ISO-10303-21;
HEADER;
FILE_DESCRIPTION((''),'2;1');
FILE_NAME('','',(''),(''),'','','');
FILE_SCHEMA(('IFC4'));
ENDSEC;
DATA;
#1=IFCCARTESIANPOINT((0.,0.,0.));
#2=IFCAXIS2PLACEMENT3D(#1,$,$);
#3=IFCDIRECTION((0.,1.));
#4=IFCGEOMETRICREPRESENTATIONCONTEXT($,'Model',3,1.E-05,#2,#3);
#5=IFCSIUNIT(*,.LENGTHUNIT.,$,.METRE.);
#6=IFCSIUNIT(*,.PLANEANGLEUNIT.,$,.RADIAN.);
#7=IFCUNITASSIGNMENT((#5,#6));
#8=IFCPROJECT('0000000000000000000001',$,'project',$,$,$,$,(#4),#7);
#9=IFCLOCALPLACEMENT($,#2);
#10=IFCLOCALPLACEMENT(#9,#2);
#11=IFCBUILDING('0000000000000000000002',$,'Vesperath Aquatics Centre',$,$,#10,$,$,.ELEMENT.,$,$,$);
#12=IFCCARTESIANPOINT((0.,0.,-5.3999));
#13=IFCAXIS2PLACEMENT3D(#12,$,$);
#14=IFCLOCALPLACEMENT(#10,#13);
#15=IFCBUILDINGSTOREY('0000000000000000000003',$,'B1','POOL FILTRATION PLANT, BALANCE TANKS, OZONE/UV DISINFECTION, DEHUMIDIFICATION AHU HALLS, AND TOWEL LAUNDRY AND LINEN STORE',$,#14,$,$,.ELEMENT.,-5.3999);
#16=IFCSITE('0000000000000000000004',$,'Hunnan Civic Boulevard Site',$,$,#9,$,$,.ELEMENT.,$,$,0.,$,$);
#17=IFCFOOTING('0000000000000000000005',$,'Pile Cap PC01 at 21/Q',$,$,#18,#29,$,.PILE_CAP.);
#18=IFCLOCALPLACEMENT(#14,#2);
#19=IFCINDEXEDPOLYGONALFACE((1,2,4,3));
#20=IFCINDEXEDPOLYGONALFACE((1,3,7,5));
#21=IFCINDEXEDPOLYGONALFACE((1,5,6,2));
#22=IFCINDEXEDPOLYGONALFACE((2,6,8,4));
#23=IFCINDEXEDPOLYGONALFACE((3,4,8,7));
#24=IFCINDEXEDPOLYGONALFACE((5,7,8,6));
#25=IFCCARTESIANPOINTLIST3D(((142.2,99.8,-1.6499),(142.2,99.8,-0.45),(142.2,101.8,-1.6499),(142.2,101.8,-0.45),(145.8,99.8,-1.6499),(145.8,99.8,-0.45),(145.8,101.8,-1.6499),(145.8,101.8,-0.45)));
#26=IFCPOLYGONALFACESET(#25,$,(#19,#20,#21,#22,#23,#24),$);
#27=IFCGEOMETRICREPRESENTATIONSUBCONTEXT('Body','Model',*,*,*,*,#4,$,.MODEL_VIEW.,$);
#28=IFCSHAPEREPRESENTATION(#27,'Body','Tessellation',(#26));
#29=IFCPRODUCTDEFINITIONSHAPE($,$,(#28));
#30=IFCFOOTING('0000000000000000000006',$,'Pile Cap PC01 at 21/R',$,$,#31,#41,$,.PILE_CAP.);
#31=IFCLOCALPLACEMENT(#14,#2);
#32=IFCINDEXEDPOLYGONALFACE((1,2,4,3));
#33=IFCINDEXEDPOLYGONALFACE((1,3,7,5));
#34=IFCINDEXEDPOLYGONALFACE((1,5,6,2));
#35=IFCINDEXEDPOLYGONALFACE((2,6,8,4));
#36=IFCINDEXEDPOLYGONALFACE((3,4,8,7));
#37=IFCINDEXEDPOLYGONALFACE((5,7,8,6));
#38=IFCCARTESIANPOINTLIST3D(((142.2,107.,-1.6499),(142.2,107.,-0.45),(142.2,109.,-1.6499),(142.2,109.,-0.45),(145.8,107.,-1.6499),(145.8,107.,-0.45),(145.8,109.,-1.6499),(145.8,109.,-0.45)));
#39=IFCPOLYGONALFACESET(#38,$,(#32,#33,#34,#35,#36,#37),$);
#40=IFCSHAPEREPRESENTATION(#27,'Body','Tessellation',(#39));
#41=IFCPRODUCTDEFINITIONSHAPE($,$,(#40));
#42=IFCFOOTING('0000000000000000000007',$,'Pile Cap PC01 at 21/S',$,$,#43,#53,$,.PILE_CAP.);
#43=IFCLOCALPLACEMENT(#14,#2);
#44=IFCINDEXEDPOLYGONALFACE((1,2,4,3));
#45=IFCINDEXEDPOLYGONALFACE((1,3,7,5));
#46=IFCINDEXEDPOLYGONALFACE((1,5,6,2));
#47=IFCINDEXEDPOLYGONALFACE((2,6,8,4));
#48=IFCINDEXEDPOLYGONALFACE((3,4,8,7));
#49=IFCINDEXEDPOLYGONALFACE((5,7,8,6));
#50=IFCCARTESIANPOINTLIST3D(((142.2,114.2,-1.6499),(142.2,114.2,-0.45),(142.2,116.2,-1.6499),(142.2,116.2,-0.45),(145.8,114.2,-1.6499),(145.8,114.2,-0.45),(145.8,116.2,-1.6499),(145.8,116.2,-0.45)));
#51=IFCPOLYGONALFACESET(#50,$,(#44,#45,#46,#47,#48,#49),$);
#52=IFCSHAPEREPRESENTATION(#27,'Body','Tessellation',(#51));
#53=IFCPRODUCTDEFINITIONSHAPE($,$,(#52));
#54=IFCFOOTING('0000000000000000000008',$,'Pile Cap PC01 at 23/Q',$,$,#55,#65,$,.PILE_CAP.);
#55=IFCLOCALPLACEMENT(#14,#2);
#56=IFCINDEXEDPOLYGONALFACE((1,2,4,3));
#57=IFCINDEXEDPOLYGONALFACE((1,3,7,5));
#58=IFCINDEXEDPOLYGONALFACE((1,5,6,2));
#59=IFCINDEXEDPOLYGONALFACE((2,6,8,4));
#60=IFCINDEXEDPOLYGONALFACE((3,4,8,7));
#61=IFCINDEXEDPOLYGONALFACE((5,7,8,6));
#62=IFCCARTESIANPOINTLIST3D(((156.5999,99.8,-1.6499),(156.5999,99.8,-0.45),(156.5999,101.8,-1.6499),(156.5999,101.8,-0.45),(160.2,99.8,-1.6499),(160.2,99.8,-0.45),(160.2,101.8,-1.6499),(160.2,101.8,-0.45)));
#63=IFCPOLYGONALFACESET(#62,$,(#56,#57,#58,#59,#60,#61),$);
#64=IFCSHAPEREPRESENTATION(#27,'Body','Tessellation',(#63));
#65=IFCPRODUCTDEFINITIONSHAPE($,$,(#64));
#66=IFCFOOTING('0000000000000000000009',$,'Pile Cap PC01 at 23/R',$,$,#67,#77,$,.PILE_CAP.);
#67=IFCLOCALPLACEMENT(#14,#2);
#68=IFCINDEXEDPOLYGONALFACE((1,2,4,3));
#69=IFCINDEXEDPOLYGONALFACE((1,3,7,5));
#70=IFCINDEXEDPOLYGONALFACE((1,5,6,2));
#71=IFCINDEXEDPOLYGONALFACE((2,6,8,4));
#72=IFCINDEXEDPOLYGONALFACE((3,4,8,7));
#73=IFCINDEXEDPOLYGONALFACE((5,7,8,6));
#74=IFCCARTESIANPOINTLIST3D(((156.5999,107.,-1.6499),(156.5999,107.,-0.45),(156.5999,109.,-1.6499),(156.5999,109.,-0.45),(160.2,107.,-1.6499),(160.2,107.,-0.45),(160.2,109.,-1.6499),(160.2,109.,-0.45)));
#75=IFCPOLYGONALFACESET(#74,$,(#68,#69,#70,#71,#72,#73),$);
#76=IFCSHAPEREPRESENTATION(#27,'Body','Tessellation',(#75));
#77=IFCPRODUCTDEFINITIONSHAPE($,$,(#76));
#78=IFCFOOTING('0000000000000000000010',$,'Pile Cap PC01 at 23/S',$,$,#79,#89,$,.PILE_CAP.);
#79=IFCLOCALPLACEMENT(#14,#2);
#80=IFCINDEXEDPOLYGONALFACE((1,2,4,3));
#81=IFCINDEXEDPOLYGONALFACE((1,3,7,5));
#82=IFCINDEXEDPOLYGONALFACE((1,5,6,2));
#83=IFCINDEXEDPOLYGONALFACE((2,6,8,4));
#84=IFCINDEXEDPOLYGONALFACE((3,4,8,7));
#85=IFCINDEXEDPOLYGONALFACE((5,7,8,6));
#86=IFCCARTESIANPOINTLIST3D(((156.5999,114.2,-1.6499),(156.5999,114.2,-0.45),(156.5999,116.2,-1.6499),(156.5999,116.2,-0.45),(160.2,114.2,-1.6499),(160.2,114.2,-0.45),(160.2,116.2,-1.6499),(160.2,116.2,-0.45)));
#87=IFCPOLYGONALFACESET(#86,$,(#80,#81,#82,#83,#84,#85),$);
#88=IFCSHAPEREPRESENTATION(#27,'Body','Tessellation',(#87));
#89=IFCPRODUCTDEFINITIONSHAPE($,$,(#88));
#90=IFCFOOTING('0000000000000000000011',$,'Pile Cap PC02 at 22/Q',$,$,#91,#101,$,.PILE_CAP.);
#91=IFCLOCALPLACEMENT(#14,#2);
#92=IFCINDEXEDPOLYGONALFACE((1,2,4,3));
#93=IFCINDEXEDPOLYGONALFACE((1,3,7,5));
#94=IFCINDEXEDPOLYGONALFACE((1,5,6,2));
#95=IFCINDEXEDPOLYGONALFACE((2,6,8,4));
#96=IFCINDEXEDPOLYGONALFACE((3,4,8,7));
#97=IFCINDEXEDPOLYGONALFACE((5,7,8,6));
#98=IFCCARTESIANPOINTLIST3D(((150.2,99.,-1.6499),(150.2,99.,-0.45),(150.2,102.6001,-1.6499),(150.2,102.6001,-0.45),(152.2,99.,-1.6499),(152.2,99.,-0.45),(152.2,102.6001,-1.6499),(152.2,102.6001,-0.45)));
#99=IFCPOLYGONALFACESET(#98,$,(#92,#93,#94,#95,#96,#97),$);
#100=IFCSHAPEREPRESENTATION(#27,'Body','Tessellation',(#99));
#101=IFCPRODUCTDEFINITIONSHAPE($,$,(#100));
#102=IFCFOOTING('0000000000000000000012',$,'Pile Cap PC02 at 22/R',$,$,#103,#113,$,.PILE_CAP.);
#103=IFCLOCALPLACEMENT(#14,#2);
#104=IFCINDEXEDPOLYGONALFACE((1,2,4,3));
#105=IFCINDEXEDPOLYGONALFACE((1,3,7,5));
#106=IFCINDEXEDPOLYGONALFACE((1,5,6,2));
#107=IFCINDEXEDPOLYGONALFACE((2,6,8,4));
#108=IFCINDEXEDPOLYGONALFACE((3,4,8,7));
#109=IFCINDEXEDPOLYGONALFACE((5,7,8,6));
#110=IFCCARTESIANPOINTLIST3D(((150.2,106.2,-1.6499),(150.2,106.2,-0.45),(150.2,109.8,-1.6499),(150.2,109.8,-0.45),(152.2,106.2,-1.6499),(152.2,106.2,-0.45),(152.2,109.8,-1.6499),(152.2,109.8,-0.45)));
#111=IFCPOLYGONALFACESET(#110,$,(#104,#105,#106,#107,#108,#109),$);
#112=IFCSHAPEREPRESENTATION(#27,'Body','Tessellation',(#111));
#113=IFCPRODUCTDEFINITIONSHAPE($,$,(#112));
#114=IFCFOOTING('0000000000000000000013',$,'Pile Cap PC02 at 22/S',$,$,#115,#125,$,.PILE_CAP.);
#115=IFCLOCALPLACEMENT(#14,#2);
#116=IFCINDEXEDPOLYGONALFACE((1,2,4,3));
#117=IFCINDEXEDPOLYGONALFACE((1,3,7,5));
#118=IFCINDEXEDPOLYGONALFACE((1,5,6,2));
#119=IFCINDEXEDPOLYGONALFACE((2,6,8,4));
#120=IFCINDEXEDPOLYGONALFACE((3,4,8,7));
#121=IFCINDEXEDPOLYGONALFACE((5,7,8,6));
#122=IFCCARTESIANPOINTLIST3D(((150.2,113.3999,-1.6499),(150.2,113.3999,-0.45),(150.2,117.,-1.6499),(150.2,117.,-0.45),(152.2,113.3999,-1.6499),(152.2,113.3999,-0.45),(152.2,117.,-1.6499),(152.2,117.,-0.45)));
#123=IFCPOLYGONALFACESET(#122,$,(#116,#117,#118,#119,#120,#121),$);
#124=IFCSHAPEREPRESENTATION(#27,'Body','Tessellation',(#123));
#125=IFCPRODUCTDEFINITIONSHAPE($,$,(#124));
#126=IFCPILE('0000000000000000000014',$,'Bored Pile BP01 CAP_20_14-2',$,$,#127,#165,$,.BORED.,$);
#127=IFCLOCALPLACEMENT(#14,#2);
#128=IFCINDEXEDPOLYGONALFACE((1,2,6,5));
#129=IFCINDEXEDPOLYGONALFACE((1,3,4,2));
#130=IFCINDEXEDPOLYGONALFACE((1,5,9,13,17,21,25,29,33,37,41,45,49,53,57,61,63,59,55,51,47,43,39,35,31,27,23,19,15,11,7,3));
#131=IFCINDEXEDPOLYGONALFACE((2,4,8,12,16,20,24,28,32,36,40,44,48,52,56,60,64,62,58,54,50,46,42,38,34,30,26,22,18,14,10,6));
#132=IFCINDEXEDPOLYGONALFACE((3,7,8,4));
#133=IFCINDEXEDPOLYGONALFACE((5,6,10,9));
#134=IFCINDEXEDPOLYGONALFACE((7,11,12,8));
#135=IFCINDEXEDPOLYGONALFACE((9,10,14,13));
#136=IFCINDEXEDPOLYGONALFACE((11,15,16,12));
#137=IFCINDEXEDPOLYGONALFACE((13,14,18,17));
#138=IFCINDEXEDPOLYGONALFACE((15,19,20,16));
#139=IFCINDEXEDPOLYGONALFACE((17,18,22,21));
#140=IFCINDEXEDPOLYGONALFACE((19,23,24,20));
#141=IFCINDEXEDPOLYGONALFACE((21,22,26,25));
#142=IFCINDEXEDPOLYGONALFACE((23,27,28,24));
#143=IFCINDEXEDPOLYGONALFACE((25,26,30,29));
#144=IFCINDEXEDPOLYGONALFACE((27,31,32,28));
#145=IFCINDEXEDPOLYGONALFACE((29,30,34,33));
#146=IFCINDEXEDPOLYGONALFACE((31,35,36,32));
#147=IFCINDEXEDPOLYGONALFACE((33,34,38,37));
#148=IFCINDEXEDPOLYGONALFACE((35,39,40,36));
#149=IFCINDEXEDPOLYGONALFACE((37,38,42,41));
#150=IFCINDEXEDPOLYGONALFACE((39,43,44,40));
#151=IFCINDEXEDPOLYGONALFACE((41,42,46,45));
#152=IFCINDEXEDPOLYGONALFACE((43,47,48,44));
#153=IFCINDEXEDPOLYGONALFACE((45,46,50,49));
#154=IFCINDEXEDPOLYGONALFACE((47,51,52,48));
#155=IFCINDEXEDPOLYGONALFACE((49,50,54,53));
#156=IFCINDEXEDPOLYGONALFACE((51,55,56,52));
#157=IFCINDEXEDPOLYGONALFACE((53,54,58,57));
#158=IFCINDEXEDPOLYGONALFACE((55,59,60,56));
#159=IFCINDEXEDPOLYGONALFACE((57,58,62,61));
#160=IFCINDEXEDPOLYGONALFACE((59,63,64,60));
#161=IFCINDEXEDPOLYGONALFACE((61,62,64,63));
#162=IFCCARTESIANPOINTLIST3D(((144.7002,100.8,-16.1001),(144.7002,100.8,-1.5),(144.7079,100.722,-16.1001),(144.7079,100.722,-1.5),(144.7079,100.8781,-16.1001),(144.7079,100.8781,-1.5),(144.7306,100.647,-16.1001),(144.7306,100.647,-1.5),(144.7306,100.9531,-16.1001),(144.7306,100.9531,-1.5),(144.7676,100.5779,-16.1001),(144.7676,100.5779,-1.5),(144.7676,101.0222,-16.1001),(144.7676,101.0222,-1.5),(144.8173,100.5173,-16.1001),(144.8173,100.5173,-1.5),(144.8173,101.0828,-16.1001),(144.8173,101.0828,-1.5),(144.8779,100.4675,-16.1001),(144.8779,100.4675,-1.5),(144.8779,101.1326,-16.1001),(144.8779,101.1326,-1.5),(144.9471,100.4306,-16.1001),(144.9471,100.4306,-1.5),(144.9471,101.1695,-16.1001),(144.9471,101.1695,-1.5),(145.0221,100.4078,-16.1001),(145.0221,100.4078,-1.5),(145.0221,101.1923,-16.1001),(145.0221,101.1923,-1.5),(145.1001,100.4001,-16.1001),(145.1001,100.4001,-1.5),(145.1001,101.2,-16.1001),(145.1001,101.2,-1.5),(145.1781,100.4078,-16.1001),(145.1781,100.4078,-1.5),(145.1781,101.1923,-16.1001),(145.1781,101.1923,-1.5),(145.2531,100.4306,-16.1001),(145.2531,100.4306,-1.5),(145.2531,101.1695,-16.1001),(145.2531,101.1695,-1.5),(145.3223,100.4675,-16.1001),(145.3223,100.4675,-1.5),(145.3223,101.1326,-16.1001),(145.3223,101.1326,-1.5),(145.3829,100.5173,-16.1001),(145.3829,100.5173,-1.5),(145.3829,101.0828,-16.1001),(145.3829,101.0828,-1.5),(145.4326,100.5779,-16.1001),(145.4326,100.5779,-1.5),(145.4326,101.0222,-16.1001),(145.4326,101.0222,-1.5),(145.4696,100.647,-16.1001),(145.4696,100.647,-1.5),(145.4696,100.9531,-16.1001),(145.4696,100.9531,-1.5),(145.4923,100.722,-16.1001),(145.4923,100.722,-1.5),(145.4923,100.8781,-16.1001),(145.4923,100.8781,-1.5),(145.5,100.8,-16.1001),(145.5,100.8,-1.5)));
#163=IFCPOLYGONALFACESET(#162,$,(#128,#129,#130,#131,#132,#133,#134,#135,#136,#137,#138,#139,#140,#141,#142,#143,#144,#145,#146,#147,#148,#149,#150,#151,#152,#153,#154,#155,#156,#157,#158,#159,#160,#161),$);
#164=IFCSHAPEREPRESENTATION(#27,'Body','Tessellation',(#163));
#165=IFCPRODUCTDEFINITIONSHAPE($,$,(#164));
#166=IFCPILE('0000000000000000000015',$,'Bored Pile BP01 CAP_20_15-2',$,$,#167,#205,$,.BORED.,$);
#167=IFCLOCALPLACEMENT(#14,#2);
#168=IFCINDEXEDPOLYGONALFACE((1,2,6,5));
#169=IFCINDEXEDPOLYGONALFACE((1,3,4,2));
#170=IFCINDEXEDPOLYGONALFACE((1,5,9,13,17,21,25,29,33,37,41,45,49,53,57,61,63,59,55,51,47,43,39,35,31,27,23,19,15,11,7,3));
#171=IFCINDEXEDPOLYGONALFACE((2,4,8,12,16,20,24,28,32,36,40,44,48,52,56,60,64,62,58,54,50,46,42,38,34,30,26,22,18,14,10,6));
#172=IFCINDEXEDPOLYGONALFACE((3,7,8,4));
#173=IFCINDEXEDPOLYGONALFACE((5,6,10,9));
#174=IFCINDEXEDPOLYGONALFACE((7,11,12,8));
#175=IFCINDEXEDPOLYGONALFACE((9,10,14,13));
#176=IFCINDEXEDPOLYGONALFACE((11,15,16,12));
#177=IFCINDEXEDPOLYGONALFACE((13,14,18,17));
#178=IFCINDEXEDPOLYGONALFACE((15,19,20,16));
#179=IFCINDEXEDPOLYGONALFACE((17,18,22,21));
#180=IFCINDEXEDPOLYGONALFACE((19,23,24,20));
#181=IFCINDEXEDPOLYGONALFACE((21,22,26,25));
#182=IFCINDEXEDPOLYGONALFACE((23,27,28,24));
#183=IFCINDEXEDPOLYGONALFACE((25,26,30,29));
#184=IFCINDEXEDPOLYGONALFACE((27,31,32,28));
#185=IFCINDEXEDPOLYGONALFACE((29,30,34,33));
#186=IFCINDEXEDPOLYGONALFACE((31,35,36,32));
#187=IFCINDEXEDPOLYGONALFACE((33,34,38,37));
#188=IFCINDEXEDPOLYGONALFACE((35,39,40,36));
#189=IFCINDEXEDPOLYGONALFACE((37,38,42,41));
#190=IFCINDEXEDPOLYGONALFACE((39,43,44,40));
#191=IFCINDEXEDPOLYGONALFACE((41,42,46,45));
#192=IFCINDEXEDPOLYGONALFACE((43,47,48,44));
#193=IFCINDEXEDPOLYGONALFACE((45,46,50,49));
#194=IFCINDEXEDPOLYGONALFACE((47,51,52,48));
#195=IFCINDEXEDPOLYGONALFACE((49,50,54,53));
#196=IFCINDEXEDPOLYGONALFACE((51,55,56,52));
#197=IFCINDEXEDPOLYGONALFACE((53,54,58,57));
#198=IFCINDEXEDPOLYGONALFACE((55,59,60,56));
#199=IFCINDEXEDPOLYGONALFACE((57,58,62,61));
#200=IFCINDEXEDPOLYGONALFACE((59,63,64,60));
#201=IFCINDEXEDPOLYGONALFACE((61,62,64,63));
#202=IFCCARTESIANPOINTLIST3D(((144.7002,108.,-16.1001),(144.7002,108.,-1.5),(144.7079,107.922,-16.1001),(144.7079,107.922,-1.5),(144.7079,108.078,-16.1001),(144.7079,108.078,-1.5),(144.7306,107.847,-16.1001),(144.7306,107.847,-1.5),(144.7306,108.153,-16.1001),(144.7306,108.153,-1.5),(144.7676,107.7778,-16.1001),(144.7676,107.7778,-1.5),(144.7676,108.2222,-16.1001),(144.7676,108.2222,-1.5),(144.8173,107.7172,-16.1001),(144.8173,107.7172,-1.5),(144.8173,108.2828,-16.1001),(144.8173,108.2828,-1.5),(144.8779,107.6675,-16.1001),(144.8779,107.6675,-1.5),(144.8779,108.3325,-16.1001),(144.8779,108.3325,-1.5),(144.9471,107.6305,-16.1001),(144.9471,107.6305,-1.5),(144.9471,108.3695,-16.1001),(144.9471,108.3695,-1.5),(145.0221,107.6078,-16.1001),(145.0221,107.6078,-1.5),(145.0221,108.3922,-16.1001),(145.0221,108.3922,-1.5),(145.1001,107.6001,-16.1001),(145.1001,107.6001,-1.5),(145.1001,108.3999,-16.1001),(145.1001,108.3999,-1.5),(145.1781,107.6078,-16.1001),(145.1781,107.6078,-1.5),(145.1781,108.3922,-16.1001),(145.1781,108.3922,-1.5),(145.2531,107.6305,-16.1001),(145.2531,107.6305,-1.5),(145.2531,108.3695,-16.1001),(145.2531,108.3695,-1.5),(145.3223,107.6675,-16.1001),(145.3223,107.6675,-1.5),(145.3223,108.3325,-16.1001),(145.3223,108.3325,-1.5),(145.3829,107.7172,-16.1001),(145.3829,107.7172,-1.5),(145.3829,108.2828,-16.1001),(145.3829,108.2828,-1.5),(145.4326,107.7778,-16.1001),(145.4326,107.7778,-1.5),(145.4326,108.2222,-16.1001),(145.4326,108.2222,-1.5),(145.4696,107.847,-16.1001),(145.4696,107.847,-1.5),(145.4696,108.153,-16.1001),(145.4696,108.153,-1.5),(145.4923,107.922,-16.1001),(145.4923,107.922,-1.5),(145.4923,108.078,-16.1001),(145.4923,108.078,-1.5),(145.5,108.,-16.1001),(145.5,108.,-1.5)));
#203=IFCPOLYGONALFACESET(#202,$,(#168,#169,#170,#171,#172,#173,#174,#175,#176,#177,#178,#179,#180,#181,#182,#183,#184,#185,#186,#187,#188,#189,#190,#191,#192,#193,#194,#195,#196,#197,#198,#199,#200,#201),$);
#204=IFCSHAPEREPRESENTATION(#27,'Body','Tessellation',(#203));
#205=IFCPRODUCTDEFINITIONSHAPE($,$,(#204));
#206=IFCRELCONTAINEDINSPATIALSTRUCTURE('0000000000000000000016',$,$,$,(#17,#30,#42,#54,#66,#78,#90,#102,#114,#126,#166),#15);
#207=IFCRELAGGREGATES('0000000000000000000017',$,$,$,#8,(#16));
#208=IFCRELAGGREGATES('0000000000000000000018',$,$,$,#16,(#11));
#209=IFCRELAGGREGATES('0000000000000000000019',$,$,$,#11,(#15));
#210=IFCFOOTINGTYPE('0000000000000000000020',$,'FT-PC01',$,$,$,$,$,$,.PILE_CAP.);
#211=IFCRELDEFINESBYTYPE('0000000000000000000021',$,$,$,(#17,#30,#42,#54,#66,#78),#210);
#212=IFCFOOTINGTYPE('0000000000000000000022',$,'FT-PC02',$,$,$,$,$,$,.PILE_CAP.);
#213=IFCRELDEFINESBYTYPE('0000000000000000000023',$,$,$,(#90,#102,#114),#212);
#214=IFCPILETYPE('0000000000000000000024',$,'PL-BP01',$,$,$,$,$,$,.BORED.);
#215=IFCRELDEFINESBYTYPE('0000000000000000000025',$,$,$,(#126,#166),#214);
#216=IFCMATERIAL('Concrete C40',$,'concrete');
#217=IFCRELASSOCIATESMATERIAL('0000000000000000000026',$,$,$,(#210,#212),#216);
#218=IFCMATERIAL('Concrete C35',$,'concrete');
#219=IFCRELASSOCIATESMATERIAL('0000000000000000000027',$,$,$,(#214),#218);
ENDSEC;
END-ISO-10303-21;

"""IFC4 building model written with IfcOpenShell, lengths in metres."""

from ifc_helpers import new_model, si_unit, direction, frame, origin, origin_2d, place, context, subcontext, project, spatial, rectangle, circle, extrude, material, material_profile, profile_set, type_object, element, save


model = new_model("IFC4")

# Units and contexts
model_context = context("Model", 3, precision=1e-05, world=origin(), true_north=direction((0.0, 1.0)))
body_context = subcontext(model_context, "Body", "Model", "MODEL_VIEW")
ifc_project = project(units=[si_unit("LENGTHUNIT", "METRE"), si_unit("PLANEANGLEUNIT", "RADIAN")], contexts=[model_context])

# Site, building, storey
site_placement = place(None, origin())
site = spatial("IfcSite", under=ifc_project, at=site_placement, Name="Hunnan Civic Boulevard Site", CompositionType="ELEMENT", RefElevation=0.0)
building_placement = place(site_placement, origin())
building = spatial("IfcBuilding", under=site, at=building_placement, Name="Vesperath Aquatics Centre", CompositionType="ELEMENT")
storey_placement = place(building_placement, frame((0.0, 0.0, -5.3999)))
storey = spatial("IfcBuildingStorey", under=building, at=storey_placement, Name="B1", Description="POOL FILTRATION PLANT, BALANCE TANKS, OZONE/UV DISINFECTION, DEHUMIDIFICATION AHU HALLS, AND TOWEL LAUNDRY AND LINEN STORE", CompositionType="ELEMENT", Elevation=-5.3999)

# Footings
ifc_material_1 = material(Name="Concrete C40", Category="concrete")
footing_type_1 = type_object("IfcFootingType", Name="FT-PC01", PredefinedType="PILE_CAP", material=ifc_material_1)
for number, where, z_axis, x_axis, name in (
    (1, (144.0, 100.8, -1.6499), (0.0, 0.0, 1.0), (1.0, 0.0, 0.0), "Pile Cap PC01 at 21/Q"),
    (2, (144.0, 108.0, -1.6499), (0.0, 0.0, 1.0), (1.0, 0.0, 0.0), "Pile Cap PC01 at 21/R"),
    (3, (144.0, 115.2, -1.6499), (0.0, 0.0, 1.0), (1.0, 0.0, 0.0), "Pile Cap PC01 at 21/S"),
    (4, (158.3999, 100.8, -1.6499), (0.0, 0.0, 1.0), (1.0, 0.0, 0.0), "Pile Cap PC01 at 23/Q"),
    (5, (158.3999, 108.0, -1.6499), (0.0, 0.0, 1.0), (1.0, 0.0, 0.0), "Pile Cap PC01 at 23/R"),
    (6, (158.3999, 115.2, -1.6499), (0.0, 0.0, 1.0), (1.0, 0.0, 0.0), "Pile Cap PC01 at 23/S"),
):
    element("IfcFooting", number, at=place(storey_placement, frame(where, z_axis=z_axis, x_axis=x_axis)), inside=storey, type_object=footing_type_1, Name=name, PredefinedType="PILE_CAP", context=body_context, shape_type="SweptSolid", body=[
        extrude(rectangle(XDim=3.6001, YDim=2.0, at=origin_2d()), origin(), (0.0, 0.0, 1.0), 1.2),
    ])
footing_type_2 = type_object("IfcFootingType", Name="FT-PC02", PredefinedType="PILE_CAP", material=ifc_material_1)
for number, where, z_axis, x_axis, name in (
    (7, (151.2, 100.8, -1.6499), (0.0, 0.0, 1.0), (1.0, 0.0, 0.0), "Pile Cap PC02 at 22/Q"),
    (8, (151.2, 108.0, -1.6499), (0.0, 0.0, 1.0), (1.0, 0.0, 0.0), "Pile Cap PC02 at 22/R"),
    (9, (151.2, 115.2, -1.6499), (0.0, 0.0, 1.0), (1.0, 0.0, 0.0), "Pile Cap PC02 at 22/S"),
):
    element("IfcFooting", number, at=place(storey_placement, frame(where, z_axis=z_axis, x_axis=x_axis)), inside=storey, type_object=footing_type_2, Name=name, PredefinedType="PILE_CAP", context=body_context, shape_type="SweptSolid", body=[
        extrude(rectangle(XDim=2.0, YDim=3.6001, at=origin_2d()), origin(), (0.0, 0.0, 1.0), 1.2),
    ])

# Piles
ifc_material_2 = material(Name="Concrete C35", Category="concrete")
ifc_material_profile_1 = material_profile(ifc_material_2, circle(Radius=0.3999, at=origin_2d()), Name="PILE D800")
ifc_profile_set_1 = profile_set([ifc_material_profile_1], Name="Concrete C35")
pile_type = type_object("IfcPileType", Name="PL-BP01", PredefinedType="BORED", material=ifc_profile_set_1)
for number, where, z_axis, x_axis, name in (
    (10, (145.1001, 100.8, -1.5), (0.0, 0.0, -1.0), (1.0, 0.0, 0.0), "Bored Pile BP01 CAP_20_14-2"),
    (11, (145.1001, 108.0, -1.5), (0.0, 0.0, -1.0), (1.0, 0.0, 0.0), "Bored Pile BP01 CAP_20_15-2"),
):
    element("IfcPile", number, at=place(storey_placement, frame(where, z_axis=z_axis, x_axis=x_axis)), inside=storey, type_object=pile_type, Name=name, PredefinedType="BORED", context=body_context, shape_type="SweptSolid", body=[
        extrude(circle(Radius=0.3999, at=origin_2d()), origin(), (0.0, 0.0, 1.0), 14.6001),
    ])

save(model, "model.ifc")
